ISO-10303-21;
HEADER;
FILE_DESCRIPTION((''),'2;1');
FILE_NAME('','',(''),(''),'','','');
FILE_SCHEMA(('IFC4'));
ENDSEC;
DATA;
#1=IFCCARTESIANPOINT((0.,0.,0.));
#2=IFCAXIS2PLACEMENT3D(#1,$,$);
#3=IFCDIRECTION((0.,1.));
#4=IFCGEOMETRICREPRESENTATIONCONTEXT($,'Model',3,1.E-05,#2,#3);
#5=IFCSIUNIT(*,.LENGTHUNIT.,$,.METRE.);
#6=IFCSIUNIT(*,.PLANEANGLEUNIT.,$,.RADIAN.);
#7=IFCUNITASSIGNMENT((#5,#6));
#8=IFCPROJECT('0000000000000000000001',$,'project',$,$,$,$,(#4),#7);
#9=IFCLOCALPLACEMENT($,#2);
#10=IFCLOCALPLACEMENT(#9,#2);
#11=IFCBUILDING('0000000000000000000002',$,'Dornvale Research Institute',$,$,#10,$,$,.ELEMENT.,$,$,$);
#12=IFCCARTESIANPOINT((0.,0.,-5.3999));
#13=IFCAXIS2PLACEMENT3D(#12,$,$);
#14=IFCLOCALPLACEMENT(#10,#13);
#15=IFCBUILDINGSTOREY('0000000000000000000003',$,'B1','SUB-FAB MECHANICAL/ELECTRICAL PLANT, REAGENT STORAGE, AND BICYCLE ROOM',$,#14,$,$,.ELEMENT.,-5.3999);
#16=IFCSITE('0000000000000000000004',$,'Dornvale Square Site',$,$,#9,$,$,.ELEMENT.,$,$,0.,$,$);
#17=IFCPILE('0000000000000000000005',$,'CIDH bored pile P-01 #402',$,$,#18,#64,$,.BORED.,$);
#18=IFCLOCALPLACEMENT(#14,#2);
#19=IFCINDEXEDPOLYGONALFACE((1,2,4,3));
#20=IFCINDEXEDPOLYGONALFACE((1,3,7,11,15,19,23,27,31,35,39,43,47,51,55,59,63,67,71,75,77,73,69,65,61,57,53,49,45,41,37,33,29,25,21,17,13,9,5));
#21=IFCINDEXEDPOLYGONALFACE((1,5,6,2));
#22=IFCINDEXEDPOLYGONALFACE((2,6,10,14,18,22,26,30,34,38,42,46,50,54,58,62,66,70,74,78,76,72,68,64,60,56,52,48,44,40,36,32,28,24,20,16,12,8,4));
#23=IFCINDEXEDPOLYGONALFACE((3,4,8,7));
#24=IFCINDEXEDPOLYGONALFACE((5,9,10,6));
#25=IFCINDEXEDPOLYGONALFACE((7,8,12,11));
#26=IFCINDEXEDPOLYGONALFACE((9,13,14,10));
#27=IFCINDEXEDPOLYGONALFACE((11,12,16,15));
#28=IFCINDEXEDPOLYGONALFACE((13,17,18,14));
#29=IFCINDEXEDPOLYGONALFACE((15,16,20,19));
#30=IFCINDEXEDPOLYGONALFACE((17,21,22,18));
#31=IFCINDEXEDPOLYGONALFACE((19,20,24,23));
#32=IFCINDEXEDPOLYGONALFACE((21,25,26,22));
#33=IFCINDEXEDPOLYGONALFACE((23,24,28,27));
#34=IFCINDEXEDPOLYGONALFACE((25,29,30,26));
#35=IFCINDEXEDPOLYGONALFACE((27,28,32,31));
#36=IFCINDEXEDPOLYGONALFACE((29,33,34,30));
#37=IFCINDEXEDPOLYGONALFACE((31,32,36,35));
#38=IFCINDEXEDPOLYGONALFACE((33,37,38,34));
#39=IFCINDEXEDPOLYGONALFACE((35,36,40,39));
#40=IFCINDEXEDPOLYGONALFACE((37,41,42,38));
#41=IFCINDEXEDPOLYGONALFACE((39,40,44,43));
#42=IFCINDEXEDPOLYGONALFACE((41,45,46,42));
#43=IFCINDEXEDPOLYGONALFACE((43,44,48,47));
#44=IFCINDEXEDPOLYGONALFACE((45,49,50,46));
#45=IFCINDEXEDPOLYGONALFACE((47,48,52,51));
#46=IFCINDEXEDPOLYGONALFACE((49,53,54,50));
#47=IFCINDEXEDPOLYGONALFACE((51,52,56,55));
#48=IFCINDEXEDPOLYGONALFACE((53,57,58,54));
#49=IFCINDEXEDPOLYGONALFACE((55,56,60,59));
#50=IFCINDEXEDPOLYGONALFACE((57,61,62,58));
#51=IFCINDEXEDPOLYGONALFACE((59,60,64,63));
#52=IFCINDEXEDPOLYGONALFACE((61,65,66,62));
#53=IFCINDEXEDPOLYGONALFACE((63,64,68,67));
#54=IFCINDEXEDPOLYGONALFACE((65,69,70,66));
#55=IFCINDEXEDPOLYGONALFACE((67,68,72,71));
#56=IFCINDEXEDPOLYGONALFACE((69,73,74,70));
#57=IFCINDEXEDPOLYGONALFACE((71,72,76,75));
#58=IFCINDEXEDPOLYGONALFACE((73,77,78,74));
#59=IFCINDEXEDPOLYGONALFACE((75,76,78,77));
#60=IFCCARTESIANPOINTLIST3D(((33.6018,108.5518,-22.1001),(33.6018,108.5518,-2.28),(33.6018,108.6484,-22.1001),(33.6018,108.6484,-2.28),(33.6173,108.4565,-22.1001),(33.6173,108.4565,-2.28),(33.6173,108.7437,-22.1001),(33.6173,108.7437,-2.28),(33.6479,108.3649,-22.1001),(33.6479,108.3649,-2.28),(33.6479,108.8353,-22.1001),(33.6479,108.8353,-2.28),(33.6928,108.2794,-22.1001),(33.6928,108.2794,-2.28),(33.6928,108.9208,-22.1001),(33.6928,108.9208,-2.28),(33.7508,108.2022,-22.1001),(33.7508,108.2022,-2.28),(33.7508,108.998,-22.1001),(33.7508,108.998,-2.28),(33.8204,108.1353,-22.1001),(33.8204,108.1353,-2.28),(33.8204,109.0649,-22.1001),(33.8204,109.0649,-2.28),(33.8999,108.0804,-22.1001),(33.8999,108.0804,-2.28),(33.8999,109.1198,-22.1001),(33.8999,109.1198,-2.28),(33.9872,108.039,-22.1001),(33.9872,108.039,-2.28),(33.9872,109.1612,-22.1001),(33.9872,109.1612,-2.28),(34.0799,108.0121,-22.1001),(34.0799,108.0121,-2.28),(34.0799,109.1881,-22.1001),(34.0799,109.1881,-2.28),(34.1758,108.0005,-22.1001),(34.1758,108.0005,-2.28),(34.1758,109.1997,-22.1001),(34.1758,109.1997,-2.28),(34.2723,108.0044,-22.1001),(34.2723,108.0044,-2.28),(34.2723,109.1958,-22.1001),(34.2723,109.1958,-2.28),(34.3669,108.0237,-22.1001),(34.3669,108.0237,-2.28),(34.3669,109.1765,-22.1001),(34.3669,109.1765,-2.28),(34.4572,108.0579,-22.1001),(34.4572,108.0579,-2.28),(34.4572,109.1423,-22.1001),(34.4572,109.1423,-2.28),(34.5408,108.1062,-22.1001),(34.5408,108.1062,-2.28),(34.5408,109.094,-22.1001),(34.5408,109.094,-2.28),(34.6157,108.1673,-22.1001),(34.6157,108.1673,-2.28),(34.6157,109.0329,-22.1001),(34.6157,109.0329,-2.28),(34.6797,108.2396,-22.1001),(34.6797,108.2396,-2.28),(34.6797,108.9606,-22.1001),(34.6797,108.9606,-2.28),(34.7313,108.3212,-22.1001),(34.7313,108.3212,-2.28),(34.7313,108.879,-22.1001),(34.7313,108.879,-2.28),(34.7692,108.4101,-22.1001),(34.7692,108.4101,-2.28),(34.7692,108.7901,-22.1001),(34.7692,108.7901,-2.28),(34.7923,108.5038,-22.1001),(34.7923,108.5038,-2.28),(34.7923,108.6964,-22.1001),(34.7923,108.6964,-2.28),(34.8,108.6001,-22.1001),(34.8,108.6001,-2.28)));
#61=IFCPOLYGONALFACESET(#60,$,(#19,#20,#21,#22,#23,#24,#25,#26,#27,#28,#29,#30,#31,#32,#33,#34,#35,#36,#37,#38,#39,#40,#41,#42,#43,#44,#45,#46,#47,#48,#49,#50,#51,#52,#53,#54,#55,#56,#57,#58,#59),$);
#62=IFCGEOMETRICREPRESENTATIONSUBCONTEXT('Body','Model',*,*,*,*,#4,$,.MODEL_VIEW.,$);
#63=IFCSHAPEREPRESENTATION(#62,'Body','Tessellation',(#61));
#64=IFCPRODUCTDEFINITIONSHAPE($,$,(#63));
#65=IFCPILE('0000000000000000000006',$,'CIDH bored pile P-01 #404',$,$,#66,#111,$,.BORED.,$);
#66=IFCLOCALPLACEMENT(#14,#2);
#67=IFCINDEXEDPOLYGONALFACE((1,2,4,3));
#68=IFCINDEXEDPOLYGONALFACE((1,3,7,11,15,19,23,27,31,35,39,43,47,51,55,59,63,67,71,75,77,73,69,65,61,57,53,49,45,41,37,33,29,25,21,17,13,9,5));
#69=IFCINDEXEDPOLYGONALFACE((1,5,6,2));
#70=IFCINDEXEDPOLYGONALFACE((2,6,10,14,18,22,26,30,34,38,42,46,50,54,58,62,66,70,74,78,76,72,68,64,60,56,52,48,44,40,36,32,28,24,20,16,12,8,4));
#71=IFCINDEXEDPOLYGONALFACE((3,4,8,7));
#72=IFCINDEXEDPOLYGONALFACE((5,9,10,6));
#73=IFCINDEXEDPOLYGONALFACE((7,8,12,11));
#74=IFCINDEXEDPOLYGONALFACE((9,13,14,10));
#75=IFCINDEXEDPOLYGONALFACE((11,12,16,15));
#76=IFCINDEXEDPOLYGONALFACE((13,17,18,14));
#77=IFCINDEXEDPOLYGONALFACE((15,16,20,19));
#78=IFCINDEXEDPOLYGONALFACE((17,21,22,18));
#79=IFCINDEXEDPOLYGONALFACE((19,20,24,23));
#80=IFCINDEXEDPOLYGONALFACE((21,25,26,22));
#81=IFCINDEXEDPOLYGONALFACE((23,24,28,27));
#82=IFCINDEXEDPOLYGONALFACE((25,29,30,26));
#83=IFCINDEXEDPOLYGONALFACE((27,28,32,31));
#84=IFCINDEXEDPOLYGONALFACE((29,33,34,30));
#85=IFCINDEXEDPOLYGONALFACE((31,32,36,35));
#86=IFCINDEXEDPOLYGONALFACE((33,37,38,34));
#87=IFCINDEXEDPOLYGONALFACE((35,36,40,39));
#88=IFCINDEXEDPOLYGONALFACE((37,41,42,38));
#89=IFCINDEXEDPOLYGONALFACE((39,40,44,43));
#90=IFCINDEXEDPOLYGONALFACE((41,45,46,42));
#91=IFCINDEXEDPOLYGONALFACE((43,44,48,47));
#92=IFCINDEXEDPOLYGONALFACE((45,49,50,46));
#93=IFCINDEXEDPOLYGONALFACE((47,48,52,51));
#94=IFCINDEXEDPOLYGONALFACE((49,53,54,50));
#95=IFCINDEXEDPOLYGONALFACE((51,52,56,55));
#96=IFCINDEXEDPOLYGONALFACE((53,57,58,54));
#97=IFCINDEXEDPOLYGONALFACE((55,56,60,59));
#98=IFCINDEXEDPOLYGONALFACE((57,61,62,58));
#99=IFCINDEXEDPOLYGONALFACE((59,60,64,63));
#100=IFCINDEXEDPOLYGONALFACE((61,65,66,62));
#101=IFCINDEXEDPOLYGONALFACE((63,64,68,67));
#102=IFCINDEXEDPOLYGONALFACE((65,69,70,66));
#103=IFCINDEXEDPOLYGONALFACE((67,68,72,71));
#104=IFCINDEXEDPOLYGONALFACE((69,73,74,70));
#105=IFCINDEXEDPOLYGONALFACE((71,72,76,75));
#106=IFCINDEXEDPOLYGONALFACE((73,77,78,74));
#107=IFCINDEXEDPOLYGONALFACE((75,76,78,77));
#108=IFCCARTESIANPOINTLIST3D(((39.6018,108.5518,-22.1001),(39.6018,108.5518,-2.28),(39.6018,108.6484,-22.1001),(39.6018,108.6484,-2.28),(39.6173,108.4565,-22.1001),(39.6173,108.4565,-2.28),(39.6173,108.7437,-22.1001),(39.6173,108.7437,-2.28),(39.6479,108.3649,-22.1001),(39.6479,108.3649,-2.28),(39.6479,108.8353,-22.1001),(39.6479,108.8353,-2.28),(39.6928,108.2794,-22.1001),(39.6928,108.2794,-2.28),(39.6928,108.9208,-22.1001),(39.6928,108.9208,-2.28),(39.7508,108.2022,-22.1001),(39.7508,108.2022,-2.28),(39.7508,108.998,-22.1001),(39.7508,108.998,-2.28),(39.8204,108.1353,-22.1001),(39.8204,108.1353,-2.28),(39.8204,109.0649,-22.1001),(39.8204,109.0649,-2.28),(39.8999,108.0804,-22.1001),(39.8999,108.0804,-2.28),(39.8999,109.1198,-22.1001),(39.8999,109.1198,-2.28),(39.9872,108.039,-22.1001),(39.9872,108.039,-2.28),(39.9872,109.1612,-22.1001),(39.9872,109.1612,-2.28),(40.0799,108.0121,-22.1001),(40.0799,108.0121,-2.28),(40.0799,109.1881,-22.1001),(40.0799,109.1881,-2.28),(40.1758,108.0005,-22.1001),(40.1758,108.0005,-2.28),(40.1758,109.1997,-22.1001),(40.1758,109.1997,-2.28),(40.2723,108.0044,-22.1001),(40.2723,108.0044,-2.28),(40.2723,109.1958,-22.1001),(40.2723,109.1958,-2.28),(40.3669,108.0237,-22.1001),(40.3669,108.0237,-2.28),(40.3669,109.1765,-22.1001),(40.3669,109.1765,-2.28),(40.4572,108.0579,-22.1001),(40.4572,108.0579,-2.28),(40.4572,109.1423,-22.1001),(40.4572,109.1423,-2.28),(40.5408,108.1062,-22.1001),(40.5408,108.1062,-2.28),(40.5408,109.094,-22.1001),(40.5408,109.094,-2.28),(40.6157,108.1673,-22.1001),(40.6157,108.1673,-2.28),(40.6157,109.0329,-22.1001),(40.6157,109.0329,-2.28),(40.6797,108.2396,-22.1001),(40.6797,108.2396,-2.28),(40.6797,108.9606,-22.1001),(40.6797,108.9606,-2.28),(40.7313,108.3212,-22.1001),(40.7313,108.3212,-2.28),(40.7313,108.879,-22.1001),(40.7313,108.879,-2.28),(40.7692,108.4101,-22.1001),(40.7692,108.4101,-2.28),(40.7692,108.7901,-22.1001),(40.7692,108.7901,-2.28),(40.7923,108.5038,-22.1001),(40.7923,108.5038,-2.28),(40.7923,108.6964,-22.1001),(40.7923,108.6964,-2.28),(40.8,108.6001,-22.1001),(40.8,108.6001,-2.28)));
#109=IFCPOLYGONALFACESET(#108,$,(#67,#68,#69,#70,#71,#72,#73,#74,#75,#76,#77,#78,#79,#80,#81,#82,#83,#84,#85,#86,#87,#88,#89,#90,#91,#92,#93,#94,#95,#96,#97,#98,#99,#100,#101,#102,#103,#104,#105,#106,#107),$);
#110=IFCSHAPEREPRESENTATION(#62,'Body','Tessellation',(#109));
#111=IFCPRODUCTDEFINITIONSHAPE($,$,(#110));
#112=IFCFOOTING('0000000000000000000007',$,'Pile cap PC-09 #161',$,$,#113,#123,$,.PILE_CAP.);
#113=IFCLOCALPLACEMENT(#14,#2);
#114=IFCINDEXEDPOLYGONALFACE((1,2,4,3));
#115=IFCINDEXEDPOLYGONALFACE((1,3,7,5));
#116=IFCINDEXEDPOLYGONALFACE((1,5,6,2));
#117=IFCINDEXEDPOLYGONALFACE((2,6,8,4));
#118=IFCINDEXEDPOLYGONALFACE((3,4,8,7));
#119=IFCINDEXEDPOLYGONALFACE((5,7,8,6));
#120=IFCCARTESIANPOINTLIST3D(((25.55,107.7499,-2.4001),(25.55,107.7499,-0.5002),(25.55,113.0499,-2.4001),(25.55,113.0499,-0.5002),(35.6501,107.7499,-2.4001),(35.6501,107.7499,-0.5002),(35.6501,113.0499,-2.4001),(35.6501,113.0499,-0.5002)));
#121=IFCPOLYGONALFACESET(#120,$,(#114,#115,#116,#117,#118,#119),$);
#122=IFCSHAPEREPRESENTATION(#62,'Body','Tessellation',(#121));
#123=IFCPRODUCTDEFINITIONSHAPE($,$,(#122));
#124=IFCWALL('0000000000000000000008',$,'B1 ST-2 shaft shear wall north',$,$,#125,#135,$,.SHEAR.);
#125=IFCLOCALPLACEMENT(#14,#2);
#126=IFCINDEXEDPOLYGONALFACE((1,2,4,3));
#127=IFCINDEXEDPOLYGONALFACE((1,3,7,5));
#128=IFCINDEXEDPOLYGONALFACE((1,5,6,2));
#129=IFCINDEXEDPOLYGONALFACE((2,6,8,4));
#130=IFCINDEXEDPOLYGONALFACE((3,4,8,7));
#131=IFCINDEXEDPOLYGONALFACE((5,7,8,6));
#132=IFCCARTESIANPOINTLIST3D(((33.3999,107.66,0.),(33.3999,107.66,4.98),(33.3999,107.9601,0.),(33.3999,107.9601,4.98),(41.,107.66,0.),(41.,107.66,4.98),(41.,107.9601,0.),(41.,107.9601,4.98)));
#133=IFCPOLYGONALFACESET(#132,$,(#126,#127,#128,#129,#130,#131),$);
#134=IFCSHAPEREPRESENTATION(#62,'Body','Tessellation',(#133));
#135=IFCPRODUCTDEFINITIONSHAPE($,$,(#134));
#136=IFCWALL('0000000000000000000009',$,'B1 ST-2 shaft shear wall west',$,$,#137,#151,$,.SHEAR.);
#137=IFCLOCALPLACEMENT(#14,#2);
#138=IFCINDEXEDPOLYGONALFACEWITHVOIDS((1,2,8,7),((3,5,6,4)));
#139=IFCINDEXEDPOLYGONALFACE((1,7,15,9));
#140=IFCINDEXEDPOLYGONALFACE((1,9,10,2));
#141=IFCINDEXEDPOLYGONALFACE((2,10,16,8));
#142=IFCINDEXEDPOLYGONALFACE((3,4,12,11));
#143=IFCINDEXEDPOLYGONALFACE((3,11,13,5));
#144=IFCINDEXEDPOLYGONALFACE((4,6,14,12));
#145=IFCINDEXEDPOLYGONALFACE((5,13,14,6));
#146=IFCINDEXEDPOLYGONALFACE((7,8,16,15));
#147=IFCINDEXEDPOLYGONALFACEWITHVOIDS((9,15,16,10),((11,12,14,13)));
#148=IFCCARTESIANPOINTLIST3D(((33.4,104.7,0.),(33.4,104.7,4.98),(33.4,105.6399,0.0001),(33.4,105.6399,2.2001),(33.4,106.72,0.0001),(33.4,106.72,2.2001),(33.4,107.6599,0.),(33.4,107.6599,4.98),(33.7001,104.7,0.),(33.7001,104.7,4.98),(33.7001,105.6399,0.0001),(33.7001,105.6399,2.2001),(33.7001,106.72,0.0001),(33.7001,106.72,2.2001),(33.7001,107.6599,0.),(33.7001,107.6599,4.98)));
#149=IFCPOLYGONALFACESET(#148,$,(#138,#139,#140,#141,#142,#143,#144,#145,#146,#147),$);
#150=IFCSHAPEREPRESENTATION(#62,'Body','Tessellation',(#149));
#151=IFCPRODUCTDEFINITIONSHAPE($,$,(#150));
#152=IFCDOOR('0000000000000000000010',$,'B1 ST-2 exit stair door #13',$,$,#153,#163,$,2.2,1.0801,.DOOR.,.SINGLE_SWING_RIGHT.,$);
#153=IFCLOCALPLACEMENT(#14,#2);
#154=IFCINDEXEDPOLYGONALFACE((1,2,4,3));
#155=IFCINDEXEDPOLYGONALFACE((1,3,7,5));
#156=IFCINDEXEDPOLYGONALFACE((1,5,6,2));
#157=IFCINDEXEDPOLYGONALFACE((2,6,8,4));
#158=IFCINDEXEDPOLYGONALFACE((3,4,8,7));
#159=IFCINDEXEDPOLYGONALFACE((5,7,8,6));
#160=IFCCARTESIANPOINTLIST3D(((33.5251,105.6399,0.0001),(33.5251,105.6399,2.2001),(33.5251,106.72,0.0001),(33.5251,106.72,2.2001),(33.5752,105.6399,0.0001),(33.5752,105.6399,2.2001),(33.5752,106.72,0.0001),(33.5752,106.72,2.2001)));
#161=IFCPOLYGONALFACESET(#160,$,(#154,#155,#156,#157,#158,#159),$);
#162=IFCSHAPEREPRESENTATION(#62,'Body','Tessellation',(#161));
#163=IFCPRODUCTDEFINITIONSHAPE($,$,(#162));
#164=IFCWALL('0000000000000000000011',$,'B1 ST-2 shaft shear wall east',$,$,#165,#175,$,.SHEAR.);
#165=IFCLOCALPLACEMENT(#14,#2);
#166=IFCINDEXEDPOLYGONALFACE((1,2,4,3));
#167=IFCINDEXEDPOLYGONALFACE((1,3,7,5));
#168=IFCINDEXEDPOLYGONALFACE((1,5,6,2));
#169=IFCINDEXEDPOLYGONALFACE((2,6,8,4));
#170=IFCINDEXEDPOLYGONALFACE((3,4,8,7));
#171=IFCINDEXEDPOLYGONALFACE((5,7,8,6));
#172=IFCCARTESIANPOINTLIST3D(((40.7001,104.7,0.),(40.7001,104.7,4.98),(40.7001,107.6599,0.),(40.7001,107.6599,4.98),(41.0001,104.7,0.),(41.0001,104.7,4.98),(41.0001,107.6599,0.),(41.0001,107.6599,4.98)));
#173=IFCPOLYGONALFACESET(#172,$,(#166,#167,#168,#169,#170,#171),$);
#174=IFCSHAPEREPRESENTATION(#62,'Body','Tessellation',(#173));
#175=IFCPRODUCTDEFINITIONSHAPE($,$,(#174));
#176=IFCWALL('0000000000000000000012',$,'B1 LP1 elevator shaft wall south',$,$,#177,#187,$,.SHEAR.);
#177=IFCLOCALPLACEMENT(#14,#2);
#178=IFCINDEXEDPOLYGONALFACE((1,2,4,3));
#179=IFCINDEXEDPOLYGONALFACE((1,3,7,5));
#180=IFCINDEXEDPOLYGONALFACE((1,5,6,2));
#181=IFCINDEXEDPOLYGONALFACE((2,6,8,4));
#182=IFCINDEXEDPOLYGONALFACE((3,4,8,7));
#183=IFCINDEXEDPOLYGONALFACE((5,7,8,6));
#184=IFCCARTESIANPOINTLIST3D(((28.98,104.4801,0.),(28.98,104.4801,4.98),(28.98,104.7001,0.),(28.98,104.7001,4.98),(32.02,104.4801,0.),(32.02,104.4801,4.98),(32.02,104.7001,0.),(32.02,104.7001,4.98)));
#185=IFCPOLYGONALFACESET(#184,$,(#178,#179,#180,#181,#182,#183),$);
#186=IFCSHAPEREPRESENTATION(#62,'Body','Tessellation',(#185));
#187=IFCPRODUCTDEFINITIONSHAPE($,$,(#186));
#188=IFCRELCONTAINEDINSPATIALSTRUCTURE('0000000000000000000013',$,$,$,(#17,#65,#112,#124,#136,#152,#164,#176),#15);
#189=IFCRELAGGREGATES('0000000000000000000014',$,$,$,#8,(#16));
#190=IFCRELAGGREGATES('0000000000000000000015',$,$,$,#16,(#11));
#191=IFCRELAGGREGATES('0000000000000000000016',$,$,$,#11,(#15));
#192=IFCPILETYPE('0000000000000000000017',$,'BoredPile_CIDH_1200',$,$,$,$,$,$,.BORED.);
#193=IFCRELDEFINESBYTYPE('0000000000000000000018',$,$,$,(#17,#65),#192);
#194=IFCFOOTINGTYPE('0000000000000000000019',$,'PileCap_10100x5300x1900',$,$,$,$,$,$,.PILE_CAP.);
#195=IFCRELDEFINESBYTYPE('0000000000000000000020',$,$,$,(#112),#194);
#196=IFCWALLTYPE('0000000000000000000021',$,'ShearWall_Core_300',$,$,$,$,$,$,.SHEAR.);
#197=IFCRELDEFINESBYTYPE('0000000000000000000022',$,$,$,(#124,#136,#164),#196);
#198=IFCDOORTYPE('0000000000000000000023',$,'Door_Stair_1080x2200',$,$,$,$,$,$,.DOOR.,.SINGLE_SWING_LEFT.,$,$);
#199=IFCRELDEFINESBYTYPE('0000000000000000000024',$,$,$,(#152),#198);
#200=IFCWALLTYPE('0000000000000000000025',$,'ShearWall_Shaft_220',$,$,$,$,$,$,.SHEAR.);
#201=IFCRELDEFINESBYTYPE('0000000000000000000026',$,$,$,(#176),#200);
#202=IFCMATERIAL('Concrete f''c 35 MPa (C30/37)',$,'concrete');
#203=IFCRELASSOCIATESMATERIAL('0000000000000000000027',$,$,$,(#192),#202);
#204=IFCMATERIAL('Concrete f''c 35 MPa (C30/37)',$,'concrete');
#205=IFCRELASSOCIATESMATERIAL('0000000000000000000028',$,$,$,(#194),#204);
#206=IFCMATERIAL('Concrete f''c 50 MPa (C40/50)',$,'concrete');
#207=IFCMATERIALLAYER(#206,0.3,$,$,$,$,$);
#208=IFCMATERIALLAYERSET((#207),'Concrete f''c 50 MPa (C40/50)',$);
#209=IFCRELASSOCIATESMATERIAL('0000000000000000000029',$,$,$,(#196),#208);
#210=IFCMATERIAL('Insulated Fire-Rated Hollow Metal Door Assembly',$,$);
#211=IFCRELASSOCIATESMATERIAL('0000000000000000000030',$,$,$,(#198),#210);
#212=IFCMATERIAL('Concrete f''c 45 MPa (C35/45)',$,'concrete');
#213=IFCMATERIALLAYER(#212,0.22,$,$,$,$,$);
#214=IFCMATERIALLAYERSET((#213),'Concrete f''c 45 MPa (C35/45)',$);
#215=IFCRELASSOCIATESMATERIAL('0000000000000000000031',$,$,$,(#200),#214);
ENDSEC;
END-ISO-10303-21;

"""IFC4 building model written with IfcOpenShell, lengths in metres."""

from ifc_helpers import new_model, si_unit, direction, frame, frame_2d, origin, origin_2d, place, context, subcontext, project, spatial, rectangle, circle, extrude, material, layer, layer_set, material_profile, profile_set, type_object, element, fill, save


model = new_model("IFC4")

# Units and contexts
model_context = context("Model", 3, precision=1e-05, world=origin(), true_north=direction((0.0, 1.0)))
body_context = subcontext(model_context, "Body", "Model", "MODEL_VIEW")
ifc_project = project(units=[si_unit("LENGTHUNIT", "METRE"), si_unit("PLANEANGLEUNIT", "RADIAN")], contexts=[model_context])

# Site, building, storey
site_placement = place(None, origin())
site = spatial("IfcSite", under=ifc_project, at=site_placement, Name="Dornvale Square Site", CompositionType="ELEMENT", RefElevation=0.0)
building_placement = place(site_placement, origin())
building = spatial("IfcBuilding", under=site, at=building_placement, Name="Dornvale Research Institute", CompositionType="ELEMENT")
storey_placement = place(building_placement, frame((0.0, 0.0, -5.3999)))
storey = spatial("IfcBuildingStorey", under=building, at=storey_placement, Name="B1", Description="SUB-FAB MECHANICAL/ELECTRICAL PLANT, REAGENT STORAGE, AND BICYCLE ROOM", CompositionType="ELEMENT", Elevation=-5.3999)

# Piles
ifc_material_1 = material(Name="Concrete f'c 35 MPa (C30/37)", Category="concrete")
ifc_material_profile = material_profile(ifc_material_1, circle(Radius=0.6001, at=origin_2d()), Name="CIDH PILE D1200")
ifc_profile_set = profile_set([ifc_material_profile], Name="Concrete f'c 35 MPa (C30/37)")
pile_type = type_object("IfcPileType", Name="BoredPile_CIDH_1200", PredefinedType="BORED", material=ifc_profile_set)
for number, where, z_axis, x_axis, name in (
    (1, (34.2, 108.6001, -2.28), (0.0, 0.0, -1.0), (1.0, 0.0, 0.0), "CIDH bored pile P-01 #402"),
    (2, (40.2, 108.6001, -2.28), (0.0, 0.0, -1.0), (1.0, 0.0, 0.0), "CIDH bored pile P-01 #404"),
):
    element("IfcPile", number, at=place(storey_placement, frame(where, z_axis=z_axis, x_axis=x_axis)), inside=storey, type_object=pile_type, Name=name, PredefinedType="BORED", context=body_context, shape_type="SweptSolid", body=[
        extrude(circle(Radius=0.6001, at=origin_2d()), origin(), (0.0, 0.0, 1.0), 19.8201),
    ])

# Footing
ifc_material_2 = material(Name="Concrete f'c 35 MPa (C30/37)", Category="concrete")
footing_type = type_object("IfcFootingType", Name="PileCap_10100x5300x1900", PredefinedType="PILE_CAP", material=ifc_material_2)
footing_placement = place(storey_placement, frame((30.6001, 110.3999, -2.4001), z_axis=(0.0, 0.0, 1.0), x_axis=(1.0, 0.0, 0.0)))
element("IfcFooting", 3, at=footing_placement, inside=storey, type_object=footing_type, Name="Pile cap PC-09 #161", PredefinedType="PILE_CAP", context=body_context, shape_type="SweptSolid", body=[
    extrude(rectangle(XDim=10.1001, YDim=5.3, at=origin_2d()), origin(), (0.0, 0.0, 1.0), 1.8999),
])

# Wall
ifc_material_3 = material(Name="Concrete f'c 50 MPa (C40/50)", Category="concrete")
ifc_layer_1 = layer(ifc_material_3, 0.3)
ifc_layer_set_1 = layer_set([ifc_layer_1], Name="Concrete f'c 50 MPa (C40/50)")
wall_type_1 = type_object("IfcWallType", Name="ShearWall_Core_300", PredefinedType="SHEAR", material=ifc_layer_set_1)
wall_1_placement = place(storey_placement, frame((33.3999, 107.8101, 0.0), z_axis=(0.0, 0.0, 1.0), x_axis=(1.0, 0.0, 0.0)))
element("IfcWall", 4, at=wall_1_placement, inside=storey, type_object=wall_type_1, Name="B1 ST-2 shaft shear wall north", PredefinedType="SHEAR", context=body_context, shape_type="SweptSolid", body=[
    extrude(rectangle(XDim=7.6001, YDim=0.3, at=frame_2d((3.8, 0.0))), origin(), (0.0, 0.0, 1.0), 4.98),
])

# Wall, opening, door
wall_2_placement = place(storey_placement, frame((33.55, 104.7, 0.0), z_axis=(0.0, 0.0, 1.0), x_axis=(0.0, 1.0, 0.0)))
wall_2 = element("IfcWall", 5, at=wall_2_placement, inside=storey, type_object=wall_type_1, Name="B1 ST-2 shaft shear wall west", PredefinedType="SHEAR", context=body_context, shape_type="SweptSolid", body=[
    extrude(rectangle(XDim=2.96, YDim=0.3, at=frame_2d((1.48, 0.0))), origin(), (0.0, 0.0, 1.0), 4.98),
])
opening_1_placement = place(wall_2_placement, frame((0.9399, 0.0, 0.0)))
opening_1 = element("IfcOpeningElement", 6, at=opening_1_placement, cuts=wall_2, PredefinedType="OPENING", context=body_context, shape_type="SweptSolid", body=[
    extrude(rectangle(XDim=1.0801, YDim=2.2, at=frame_2d((0.54, 1.1001))), frame((0.0, 0.165, 0.0), z_axis=(0.0, -1.0, 0.0), x_axis=(1.0, 0.0, 0.0)), (0.0, 0.0, 1.0), 0.3301),
])
ifc_material_4 = material(Name="Insulated Fire-Rated Hollow Metal Door Assembly")
door_type_1 = type_object("IfcDoorType", Name="Door_Stair_1080x2200", OperationType="SINGLE_SWING_LEFT", PredefinedType="DOOR", material=ifc_material_4)
door_1_placement = place(opening_1_placement, origin())
door_1 = element("IfcDoor", 7, at=door_1_placement, inside=storey, type_object=door_type_1, Name="B1 ST-2 exit stair door #13", OperationType="SINGLE_SWING_RIGHT", OverallHeight=2.2, OverallWidth=1.0801, PredefinedType="DOOR", context=body_context, shape_type="SweptSolid", body=[
    extrude(rectangle(XDim=1.0801, YDim=2.2, at=frame_2d((0.54, 1.1001))), frame((0.0, 0.0249, 0.0), z_axis=(0.0, -1.0, 0.0), x_axis=(1.0, 0.0, 0.0)), (0.0, 0.0, 1.0), 0.05),
])
fill(opening_1, door_1)

# Walls
wall_3_placement = place(storey_placement, frame((40.8501, 104.7, 0.0), z_axis=(0.0, 0.0, 1.0), x_axis=(0.0, 1.0, 0.0)))
element("IfcWall", 8, at=wall_3_placement, inside=storey, type_object=wall_type_1, Name="B1 ST-2 shaft shear wall east", PredefinedType="SHEAR", context=body_context, shape_type="SweptSolid", body=[
    extrude(rectangle(XDim=2.96, YDim=0.3, at=frame_2d((1.48, 0.0))), origin(), (0.0, 0.0, 1.0), 4.98),
])
ifc_material_5 = material(Name="Concrete f'c 45 MPa (C35/45)", Category="concrete")
ifc_layer_2 = layer(ifc_material_5, 0.22)
ifc_layer_set_2 = layer_set([ifc_layer_2], Name="Concrete f'c 45 MPa (C35/45)")
wall_type_2 = type_object("IfcWallType", Name="ShearWall_Shaft_220", PredefinedType="SHEAR", material=ifc_layer_set_2)
wall_4_placement = place(storey_placement, frame((28.98, 104.5901, 0.0), z_axis=(0.0, 0.0, 1.0), x_axis=(1.0, 0.0, 0.0)))
element("IfcWall", 9, at=wall_4_placement, inside=storey, type_object=wall_type_2, Name="B1 LP1 elevator shaft wall south", PredefinedType="SHEAR", context=body_context, shape_type="SweptSolid", body=[
    extrude(rectangle(XDim=3.04, YDim=0.22, at=frame_2d((1.52, 0.0))), origin(), (0.0, 0.0, 1.0), 4.98),
])

save(model, "model.ifc")
